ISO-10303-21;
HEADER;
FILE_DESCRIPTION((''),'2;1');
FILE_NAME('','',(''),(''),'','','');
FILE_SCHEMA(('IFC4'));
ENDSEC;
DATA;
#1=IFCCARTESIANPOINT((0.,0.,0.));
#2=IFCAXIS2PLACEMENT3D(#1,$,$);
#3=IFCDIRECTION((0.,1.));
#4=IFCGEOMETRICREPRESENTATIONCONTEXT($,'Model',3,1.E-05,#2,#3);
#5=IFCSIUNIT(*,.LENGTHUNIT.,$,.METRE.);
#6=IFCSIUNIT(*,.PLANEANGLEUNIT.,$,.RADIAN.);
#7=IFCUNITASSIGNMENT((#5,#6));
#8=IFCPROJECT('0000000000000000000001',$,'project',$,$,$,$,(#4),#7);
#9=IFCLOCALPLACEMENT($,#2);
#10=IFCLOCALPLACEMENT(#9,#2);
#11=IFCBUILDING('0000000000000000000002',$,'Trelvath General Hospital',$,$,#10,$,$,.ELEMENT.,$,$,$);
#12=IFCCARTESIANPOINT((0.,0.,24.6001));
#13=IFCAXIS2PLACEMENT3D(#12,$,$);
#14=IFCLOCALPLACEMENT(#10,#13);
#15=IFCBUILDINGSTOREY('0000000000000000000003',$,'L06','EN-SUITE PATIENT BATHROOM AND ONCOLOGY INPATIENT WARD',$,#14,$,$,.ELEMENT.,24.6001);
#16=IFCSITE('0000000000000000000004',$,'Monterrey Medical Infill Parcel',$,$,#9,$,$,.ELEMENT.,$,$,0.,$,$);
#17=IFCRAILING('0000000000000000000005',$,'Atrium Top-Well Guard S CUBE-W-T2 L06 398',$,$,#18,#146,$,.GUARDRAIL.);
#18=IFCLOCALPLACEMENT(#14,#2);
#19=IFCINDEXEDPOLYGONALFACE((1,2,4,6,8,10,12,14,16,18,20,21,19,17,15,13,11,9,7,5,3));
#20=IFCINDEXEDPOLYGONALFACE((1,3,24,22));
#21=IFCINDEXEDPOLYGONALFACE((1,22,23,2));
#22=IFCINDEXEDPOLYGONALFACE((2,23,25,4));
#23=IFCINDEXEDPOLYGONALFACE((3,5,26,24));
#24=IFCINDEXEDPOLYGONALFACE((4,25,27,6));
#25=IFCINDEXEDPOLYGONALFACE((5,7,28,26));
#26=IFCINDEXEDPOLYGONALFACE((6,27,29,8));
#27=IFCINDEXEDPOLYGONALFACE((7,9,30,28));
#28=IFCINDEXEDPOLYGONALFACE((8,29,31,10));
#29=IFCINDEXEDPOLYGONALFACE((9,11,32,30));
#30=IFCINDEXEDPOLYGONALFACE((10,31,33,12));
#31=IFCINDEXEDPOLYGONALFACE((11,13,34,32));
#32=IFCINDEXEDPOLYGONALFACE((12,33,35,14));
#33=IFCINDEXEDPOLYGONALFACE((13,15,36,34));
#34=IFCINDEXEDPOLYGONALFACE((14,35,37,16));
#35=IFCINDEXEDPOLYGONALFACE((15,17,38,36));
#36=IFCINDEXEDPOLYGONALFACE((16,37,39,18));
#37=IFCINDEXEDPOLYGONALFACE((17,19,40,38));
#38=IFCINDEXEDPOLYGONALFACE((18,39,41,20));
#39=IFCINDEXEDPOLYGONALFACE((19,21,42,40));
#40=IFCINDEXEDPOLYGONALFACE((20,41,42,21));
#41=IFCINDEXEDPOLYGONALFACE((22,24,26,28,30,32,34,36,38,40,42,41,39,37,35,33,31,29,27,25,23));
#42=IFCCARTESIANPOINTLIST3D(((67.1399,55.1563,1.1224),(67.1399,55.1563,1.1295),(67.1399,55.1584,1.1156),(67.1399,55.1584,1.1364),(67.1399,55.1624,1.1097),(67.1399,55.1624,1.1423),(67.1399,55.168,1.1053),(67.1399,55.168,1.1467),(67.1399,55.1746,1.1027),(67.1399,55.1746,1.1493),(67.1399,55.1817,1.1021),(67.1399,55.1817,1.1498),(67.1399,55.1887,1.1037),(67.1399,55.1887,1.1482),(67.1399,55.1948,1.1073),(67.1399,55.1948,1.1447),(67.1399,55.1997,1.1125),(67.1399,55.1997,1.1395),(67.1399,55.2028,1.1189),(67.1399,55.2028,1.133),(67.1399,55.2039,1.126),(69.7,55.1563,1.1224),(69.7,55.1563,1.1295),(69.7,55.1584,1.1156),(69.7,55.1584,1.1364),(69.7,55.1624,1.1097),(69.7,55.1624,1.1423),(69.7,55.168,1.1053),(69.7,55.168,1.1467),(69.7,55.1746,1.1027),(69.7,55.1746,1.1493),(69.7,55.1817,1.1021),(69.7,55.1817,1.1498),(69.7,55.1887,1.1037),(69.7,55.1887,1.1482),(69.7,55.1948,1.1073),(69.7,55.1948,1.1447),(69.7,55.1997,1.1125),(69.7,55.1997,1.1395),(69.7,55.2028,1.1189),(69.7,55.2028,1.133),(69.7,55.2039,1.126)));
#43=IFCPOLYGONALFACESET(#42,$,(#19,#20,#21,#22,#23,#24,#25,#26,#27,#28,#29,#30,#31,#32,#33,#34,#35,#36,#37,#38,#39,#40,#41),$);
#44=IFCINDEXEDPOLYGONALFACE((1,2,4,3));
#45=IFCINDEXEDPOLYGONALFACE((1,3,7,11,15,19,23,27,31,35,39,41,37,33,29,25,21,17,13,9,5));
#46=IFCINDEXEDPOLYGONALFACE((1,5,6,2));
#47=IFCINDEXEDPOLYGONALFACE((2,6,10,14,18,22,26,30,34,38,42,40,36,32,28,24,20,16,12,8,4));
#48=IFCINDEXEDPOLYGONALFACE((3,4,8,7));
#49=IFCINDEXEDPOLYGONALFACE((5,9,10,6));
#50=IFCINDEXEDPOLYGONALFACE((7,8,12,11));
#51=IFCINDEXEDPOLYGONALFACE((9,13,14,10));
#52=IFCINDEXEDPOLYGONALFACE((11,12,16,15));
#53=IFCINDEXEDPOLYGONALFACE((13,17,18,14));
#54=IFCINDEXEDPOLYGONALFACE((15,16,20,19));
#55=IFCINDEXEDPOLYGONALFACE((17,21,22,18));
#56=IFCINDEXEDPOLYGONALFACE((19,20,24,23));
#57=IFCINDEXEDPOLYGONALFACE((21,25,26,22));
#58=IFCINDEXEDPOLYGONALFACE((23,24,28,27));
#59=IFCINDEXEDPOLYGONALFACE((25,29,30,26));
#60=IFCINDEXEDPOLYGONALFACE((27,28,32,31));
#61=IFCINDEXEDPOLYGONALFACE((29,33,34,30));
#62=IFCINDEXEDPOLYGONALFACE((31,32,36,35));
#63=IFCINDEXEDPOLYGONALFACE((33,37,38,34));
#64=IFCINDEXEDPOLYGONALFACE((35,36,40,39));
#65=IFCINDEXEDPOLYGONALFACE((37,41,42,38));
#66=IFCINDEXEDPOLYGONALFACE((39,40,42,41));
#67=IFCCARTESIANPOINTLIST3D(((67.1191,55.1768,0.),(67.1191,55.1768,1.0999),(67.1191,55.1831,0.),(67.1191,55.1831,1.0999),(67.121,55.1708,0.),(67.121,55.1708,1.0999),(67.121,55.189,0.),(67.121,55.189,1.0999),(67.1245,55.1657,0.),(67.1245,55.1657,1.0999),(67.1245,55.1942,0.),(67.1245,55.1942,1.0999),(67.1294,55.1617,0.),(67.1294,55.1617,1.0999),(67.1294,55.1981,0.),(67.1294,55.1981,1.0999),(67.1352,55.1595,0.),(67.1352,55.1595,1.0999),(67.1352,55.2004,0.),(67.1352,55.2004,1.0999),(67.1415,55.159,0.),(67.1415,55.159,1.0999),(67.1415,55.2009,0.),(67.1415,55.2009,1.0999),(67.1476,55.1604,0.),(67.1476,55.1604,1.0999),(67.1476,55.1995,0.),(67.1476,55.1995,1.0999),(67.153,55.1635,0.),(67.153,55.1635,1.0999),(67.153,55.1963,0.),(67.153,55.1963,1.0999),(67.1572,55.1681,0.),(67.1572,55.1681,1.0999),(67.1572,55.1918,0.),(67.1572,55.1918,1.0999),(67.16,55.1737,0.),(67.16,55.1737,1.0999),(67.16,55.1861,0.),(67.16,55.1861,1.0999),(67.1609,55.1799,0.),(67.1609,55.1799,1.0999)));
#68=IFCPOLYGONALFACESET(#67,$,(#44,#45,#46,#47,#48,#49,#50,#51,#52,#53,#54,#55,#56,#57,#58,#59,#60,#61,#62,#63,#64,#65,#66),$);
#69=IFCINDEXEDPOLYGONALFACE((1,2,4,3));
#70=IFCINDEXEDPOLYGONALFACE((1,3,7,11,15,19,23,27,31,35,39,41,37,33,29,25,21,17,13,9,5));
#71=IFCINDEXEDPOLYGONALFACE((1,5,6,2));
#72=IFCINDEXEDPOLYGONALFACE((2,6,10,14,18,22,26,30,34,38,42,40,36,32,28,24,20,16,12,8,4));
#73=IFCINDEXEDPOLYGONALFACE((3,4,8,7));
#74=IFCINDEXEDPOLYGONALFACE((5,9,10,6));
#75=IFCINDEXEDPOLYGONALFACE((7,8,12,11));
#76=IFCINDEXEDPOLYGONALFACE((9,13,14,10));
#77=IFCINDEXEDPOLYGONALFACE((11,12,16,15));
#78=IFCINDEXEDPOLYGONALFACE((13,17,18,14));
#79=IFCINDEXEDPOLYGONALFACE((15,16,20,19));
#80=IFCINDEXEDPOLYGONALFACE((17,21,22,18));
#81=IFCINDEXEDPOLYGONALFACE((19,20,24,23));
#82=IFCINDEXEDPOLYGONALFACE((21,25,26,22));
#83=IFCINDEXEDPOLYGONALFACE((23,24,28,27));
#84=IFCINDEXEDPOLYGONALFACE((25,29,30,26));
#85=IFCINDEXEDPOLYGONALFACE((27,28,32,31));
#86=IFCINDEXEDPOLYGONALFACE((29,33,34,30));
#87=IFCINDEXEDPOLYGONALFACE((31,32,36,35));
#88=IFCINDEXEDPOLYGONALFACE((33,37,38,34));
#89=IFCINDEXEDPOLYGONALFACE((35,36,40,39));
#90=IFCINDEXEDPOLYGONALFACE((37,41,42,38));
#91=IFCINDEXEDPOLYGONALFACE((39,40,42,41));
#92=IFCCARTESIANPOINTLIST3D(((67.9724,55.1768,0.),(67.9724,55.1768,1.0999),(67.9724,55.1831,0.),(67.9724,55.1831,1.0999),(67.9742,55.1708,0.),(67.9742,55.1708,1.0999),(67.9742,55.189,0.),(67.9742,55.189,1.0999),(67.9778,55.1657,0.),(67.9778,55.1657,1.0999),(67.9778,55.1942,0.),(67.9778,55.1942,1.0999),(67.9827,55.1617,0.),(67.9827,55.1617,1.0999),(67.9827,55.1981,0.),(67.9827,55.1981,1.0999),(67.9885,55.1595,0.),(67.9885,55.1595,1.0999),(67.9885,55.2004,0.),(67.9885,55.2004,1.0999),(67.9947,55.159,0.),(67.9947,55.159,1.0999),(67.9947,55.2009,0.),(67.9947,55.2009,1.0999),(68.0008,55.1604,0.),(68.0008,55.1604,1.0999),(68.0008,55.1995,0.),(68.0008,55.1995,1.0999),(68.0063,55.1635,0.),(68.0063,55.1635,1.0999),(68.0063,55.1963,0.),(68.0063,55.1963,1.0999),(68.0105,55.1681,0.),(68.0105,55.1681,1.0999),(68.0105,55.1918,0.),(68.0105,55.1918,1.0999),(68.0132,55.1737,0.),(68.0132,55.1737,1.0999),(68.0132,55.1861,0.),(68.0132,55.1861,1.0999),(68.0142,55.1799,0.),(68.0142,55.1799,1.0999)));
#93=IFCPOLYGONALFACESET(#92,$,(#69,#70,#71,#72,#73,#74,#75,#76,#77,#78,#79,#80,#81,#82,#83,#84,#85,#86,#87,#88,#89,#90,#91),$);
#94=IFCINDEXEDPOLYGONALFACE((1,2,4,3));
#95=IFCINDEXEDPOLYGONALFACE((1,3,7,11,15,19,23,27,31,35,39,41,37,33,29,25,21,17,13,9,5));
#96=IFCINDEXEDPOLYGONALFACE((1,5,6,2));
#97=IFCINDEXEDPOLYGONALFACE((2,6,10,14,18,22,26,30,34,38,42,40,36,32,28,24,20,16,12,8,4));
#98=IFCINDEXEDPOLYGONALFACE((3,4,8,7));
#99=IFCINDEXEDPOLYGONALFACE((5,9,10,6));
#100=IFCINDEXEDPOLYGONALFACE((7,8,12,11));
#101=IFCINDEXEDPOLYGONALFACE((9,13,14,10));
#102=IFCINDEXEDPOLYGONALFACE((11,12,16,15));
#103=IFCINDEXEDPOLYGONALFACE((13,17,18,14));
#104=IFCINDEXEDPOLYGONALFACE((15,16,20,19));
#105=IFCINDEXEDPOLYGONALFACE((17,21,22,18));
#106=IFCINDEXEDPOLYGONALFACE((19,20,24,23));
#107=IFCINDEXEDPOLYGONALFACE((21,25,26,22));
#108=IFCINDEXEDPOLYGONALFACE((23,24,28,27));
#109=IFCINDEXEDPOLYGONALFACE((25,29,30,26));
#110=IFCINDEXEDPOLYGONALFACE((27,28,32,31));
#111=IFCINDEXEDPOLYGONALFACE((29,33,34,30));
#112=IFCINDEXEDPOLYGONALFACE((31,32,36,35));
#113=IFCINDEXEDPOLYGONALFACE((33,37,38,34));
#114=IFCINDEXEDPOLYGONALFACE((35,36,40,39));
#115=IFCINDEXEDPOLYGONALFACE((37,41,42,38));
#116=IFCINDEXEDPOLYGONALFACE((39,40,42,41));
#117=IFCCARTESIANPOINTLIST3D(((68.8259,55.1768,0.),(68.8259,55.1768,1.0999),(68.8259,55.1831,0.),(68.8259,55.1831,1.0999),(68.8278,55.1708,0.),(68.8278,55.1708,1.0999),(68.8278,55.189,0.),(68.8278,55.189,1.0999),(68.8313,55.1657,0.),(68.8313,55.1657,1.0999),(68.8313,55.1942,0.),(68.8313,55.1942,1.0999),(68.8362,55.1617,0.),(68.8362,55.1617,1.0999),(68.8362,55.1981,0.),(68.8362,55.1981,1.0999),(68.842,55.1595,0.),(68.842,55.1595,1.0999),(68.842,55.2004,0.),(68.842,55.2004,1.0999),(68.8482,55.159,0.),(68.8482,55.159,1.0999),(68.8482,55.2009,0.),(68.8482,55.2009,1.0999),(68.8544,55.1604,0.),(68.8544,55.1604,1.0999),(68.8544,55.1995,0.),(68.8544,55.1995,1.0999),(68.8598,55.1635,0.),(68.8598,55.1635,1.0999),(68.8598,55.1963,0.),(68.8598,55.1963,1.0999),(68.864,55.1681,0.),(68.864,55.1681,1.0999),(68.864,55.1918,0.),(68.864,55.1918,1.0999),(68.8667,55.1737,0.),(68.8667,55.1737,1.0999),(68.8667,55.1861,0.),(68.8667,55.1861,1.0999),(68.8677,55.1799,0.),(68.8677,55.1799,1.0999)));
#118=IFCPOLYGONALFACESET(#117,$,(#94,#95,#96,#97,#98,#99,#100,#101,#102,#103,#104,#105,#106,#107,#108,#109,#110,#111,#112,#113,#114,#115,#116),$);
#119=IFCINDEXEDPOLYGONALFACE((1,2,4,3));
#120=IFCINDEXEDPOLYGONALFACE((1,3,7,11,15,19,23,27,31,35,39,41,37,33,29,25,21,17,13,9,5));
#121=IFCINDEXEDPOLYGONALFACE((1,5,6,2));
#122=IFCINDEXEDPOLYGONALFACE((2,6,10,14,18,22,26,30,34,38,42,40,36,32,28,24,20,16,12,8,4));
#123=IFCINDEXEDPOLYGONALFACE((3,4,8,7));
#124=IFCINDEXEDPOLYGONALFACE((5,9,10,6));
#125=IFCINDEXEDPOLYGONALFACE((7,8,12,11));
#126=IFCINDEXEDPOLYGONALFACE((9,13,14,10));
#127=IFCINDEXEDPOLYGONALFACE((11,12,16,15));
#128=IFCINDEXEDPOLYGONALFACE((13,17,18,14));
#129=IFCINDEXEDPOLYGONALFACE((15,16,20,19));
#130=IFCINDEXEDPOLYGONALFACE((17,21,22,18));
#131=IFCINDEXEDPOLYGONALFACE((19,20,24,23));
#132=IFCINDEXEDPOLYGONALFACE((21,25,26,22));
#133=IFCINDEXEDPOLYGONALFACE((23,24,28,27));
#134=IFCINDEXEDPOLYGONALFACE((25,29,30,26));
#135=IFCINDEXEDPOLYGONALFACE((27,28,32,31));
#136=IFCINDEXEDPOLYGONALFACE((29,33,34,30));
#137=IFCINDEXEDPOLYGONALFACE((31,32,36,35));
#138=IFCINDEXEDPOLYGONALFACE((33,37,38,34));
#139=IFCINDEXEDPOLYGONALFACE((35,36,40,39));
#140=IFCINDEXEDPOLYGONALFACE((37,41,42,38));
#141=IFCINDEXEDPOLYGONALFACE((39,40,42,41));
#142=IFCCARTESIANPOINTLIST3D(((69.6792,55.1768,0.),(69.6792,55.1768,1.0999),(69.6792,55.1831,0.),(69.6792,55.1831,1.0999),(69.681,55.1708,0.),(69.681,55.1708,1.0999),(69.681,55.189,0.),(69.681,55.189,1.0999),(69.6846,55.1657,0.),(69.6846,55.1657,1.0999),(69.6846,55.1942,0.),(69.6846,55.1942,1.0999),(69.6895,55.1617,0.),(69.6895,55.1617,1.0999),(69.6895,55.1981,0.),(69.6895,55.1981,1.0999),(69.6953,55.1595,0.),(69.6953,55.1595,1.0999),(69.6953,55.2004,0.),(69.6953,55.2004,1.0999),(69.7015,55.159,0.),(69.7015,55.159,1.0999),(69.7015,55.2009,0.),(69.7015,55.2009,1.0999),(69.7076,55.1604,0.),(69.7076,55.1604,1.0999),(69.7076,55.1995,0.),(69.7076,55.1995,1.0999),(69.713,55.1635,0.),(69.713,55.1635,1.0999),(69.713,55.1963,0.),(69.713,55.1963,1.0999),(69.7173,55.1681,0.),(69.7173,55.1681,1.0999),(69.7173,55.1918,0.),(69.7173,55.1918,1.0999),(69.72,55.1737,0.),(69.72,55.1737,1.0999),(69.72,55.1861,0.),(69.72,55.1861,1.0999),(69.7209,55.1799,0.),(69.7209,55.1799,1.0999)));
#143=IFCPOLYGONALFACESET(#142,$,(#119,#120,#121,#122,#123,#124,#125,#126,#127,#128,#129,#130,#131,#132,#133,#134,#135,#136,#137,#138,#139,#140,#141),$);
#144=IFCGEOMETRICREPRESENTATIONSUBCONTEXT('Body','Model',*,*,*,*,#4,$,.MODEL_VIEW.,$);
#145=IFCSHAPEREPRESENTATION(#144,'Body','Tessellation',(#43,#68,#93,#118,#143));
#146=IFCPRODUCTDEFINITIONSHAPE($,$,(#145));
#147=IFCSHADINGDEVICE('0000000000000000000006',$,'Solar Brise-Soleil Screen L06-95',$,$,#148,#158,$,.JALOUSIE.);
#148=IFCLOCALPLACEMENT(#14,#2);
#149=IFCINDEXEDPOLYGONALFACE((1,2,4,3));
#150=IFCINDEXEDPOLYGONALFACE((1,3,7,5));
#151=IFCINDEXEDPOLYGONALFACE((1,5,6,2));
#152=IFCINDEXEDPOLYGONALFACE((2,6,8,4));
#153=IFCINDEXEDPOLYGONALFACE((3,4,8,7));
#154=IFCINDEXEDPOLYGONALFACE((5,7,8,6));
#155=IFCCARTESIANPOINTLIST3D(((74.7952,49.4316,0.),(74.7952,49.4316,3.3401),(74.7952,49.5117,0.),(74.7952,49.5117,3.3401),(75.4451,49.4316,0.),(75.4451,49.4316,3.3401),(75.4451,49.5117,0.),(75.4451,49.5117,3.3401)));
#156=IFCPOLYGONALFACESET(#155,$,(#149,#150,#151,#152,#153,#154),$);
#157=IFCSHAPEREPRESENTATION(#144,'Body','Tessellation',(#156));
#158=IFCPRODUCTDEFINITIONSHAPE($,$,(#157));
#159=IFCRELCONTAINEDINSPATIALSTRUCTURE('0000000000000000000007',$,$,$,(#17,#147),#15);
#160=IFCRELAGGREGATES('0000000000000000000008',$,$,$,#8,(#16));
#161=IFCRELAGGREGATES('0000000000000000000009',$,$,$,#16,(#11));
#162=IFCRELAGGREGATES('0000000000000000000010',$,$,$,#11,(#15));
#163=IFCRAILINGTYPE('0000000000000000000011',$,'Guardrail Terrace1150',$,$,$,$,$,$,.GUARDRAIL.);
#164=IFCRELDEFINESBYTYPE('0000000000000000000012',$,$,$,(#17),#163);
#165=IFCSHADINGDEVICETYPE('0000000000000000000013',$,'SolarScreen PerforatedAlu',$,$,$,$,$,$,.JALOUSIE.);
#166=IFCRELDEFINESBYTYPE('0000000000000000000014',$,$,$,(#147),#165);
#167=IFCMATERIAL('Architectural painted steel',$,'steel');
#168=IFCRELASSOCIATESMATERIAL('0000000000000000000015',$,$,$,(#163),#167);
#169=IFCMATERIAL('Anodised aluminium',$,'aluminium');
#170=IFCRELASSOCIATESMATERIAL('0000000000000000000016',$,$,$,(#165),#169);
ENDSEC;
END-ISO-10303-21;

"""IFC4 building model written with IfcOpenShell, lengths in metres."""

from ifc_helpers import new_model, si_unit, direction, frame, origin, origin_2d, place, context, subcontext, project, spatial, rectangle, circle, extrude, material, type_object, element, save


model = new_model("IFC4")

# Units and contexts
model_context = context("Model", 3, precision=1e-05, world=origin(), true_north=direction((0.0, 1.0)))
body_context = subcontext(model_context, "Body", "Model", "MODEL_VIEW")
ifc_project = project(units=[si_unit("LENGTHUNIT", "METRE"), si_unit("PLANEANGLEUNIT", "RADIAN")], contexts=[model_context])

# Site, building, storey
site_placement = place(None, origin())
site = spatial("IfcSite", under=ifc_project, at=site_placement, Name="Monterrey Medical Infill Parcel", CompositionType="ELEMENT", RefElevation=0.0)
building_placement = place(site_placement, origin())
building = spatial("IfcBuilding", under=site, at=building_placement, Name="Trelvath General Hospital", CompositionType="ELEMENT")
storey_placement = place(building_placement, frame((0.0, 0.0, 24.6001)))
storey = spatial("IfcBuildingStorey", under=building, at=storey_placement, Name="L06", Description="EN-SUITE PATIENT BATHROOM AND ONCOLOGY INPATIENT WARD", CompositionType="ELEMENT", Elevation=24.6001)

# Railing
ifc_material_1 = material(Name="Architectural painted steel", Category="steel")
railing_type = type_object("IfcRailingType", Name="Guardrail Terrace1150", PredefinedType="GUARDRAIL", material=ifc_material_1)
railing_1_placement = place(storey_placement, frame((67.1399, 55.1799, 0.0)))
element("IfcRailing", 1, at=railing_1_placement, inside=storey, type_object=railing_type, Name="Atrium Top-Well Guard S CUBE-W-T2 L06 398", PredefinedType="GUARDRAIL", context=body_context, shape_type="SweptSolid", body=[
    extrude(circle(Radius=0.0239, at=origin_2d()), frame((0.0, 0.0, 1.126), z_axis=(1.0, 0.0, 0.0), x_axis=(0.0, 1.0, 0.0)), (0.0, 0.0, 1.0), 2.5601),
    extrude(circle(Radius=0.021, at=origin_2d()), origin(), (0.0, 0.0, 1.0), 1.0999),
    extrude(circle(Radius=0.021, at=origin_2d()), frame((0.8533, 0.0, 0.0)), (0.0, 0.0, 1.0), 1.0999),
    extrude(circle(Radius=0.021, at=origin_2d()), frame((1.7068, 0.0, 0.0)), (0.0, 0.0, 1.0), 1.0999),
    extrude(circle(Radius=0.021, at=origin_2d()), frame((2.5601, 0.0, 0.0)), (0.0, 0.0, 1.0), 1.0999),
])

# Shading device
ifc_material_2 = material(Name="Anodised aluminium", Category="aluminium")
shading_device_type = type_object("IfcShadingDeviceType", Name="SolarScreen PerforatedAlu", PredefinedType="JALOUSIE", material=ifc_material_2)
shading_device_placement = place(storey_placement, frame((75.1201, 49.4717, 0.0), z_axis=(0.0, 0.0, 1.0), x_axis=(-1.0, 0.0, 0.0)))
element("IfcShadingDevice", 2, at=shading_device_placement, inside=storey, type_object=shading_device_type, Name="Solar Brise-Soleil Screen L06-95", PredefinedType="JALOUSIE", context=body_context, shape_type="SweptSolid", body=[
    extrude(rectangle(XDim=0.6499, YDim=0.0801, at=origin_2d()), origin(), (0.0, 0.0, 1.0), 3.3401),
])

save(model, "model.ifc")
